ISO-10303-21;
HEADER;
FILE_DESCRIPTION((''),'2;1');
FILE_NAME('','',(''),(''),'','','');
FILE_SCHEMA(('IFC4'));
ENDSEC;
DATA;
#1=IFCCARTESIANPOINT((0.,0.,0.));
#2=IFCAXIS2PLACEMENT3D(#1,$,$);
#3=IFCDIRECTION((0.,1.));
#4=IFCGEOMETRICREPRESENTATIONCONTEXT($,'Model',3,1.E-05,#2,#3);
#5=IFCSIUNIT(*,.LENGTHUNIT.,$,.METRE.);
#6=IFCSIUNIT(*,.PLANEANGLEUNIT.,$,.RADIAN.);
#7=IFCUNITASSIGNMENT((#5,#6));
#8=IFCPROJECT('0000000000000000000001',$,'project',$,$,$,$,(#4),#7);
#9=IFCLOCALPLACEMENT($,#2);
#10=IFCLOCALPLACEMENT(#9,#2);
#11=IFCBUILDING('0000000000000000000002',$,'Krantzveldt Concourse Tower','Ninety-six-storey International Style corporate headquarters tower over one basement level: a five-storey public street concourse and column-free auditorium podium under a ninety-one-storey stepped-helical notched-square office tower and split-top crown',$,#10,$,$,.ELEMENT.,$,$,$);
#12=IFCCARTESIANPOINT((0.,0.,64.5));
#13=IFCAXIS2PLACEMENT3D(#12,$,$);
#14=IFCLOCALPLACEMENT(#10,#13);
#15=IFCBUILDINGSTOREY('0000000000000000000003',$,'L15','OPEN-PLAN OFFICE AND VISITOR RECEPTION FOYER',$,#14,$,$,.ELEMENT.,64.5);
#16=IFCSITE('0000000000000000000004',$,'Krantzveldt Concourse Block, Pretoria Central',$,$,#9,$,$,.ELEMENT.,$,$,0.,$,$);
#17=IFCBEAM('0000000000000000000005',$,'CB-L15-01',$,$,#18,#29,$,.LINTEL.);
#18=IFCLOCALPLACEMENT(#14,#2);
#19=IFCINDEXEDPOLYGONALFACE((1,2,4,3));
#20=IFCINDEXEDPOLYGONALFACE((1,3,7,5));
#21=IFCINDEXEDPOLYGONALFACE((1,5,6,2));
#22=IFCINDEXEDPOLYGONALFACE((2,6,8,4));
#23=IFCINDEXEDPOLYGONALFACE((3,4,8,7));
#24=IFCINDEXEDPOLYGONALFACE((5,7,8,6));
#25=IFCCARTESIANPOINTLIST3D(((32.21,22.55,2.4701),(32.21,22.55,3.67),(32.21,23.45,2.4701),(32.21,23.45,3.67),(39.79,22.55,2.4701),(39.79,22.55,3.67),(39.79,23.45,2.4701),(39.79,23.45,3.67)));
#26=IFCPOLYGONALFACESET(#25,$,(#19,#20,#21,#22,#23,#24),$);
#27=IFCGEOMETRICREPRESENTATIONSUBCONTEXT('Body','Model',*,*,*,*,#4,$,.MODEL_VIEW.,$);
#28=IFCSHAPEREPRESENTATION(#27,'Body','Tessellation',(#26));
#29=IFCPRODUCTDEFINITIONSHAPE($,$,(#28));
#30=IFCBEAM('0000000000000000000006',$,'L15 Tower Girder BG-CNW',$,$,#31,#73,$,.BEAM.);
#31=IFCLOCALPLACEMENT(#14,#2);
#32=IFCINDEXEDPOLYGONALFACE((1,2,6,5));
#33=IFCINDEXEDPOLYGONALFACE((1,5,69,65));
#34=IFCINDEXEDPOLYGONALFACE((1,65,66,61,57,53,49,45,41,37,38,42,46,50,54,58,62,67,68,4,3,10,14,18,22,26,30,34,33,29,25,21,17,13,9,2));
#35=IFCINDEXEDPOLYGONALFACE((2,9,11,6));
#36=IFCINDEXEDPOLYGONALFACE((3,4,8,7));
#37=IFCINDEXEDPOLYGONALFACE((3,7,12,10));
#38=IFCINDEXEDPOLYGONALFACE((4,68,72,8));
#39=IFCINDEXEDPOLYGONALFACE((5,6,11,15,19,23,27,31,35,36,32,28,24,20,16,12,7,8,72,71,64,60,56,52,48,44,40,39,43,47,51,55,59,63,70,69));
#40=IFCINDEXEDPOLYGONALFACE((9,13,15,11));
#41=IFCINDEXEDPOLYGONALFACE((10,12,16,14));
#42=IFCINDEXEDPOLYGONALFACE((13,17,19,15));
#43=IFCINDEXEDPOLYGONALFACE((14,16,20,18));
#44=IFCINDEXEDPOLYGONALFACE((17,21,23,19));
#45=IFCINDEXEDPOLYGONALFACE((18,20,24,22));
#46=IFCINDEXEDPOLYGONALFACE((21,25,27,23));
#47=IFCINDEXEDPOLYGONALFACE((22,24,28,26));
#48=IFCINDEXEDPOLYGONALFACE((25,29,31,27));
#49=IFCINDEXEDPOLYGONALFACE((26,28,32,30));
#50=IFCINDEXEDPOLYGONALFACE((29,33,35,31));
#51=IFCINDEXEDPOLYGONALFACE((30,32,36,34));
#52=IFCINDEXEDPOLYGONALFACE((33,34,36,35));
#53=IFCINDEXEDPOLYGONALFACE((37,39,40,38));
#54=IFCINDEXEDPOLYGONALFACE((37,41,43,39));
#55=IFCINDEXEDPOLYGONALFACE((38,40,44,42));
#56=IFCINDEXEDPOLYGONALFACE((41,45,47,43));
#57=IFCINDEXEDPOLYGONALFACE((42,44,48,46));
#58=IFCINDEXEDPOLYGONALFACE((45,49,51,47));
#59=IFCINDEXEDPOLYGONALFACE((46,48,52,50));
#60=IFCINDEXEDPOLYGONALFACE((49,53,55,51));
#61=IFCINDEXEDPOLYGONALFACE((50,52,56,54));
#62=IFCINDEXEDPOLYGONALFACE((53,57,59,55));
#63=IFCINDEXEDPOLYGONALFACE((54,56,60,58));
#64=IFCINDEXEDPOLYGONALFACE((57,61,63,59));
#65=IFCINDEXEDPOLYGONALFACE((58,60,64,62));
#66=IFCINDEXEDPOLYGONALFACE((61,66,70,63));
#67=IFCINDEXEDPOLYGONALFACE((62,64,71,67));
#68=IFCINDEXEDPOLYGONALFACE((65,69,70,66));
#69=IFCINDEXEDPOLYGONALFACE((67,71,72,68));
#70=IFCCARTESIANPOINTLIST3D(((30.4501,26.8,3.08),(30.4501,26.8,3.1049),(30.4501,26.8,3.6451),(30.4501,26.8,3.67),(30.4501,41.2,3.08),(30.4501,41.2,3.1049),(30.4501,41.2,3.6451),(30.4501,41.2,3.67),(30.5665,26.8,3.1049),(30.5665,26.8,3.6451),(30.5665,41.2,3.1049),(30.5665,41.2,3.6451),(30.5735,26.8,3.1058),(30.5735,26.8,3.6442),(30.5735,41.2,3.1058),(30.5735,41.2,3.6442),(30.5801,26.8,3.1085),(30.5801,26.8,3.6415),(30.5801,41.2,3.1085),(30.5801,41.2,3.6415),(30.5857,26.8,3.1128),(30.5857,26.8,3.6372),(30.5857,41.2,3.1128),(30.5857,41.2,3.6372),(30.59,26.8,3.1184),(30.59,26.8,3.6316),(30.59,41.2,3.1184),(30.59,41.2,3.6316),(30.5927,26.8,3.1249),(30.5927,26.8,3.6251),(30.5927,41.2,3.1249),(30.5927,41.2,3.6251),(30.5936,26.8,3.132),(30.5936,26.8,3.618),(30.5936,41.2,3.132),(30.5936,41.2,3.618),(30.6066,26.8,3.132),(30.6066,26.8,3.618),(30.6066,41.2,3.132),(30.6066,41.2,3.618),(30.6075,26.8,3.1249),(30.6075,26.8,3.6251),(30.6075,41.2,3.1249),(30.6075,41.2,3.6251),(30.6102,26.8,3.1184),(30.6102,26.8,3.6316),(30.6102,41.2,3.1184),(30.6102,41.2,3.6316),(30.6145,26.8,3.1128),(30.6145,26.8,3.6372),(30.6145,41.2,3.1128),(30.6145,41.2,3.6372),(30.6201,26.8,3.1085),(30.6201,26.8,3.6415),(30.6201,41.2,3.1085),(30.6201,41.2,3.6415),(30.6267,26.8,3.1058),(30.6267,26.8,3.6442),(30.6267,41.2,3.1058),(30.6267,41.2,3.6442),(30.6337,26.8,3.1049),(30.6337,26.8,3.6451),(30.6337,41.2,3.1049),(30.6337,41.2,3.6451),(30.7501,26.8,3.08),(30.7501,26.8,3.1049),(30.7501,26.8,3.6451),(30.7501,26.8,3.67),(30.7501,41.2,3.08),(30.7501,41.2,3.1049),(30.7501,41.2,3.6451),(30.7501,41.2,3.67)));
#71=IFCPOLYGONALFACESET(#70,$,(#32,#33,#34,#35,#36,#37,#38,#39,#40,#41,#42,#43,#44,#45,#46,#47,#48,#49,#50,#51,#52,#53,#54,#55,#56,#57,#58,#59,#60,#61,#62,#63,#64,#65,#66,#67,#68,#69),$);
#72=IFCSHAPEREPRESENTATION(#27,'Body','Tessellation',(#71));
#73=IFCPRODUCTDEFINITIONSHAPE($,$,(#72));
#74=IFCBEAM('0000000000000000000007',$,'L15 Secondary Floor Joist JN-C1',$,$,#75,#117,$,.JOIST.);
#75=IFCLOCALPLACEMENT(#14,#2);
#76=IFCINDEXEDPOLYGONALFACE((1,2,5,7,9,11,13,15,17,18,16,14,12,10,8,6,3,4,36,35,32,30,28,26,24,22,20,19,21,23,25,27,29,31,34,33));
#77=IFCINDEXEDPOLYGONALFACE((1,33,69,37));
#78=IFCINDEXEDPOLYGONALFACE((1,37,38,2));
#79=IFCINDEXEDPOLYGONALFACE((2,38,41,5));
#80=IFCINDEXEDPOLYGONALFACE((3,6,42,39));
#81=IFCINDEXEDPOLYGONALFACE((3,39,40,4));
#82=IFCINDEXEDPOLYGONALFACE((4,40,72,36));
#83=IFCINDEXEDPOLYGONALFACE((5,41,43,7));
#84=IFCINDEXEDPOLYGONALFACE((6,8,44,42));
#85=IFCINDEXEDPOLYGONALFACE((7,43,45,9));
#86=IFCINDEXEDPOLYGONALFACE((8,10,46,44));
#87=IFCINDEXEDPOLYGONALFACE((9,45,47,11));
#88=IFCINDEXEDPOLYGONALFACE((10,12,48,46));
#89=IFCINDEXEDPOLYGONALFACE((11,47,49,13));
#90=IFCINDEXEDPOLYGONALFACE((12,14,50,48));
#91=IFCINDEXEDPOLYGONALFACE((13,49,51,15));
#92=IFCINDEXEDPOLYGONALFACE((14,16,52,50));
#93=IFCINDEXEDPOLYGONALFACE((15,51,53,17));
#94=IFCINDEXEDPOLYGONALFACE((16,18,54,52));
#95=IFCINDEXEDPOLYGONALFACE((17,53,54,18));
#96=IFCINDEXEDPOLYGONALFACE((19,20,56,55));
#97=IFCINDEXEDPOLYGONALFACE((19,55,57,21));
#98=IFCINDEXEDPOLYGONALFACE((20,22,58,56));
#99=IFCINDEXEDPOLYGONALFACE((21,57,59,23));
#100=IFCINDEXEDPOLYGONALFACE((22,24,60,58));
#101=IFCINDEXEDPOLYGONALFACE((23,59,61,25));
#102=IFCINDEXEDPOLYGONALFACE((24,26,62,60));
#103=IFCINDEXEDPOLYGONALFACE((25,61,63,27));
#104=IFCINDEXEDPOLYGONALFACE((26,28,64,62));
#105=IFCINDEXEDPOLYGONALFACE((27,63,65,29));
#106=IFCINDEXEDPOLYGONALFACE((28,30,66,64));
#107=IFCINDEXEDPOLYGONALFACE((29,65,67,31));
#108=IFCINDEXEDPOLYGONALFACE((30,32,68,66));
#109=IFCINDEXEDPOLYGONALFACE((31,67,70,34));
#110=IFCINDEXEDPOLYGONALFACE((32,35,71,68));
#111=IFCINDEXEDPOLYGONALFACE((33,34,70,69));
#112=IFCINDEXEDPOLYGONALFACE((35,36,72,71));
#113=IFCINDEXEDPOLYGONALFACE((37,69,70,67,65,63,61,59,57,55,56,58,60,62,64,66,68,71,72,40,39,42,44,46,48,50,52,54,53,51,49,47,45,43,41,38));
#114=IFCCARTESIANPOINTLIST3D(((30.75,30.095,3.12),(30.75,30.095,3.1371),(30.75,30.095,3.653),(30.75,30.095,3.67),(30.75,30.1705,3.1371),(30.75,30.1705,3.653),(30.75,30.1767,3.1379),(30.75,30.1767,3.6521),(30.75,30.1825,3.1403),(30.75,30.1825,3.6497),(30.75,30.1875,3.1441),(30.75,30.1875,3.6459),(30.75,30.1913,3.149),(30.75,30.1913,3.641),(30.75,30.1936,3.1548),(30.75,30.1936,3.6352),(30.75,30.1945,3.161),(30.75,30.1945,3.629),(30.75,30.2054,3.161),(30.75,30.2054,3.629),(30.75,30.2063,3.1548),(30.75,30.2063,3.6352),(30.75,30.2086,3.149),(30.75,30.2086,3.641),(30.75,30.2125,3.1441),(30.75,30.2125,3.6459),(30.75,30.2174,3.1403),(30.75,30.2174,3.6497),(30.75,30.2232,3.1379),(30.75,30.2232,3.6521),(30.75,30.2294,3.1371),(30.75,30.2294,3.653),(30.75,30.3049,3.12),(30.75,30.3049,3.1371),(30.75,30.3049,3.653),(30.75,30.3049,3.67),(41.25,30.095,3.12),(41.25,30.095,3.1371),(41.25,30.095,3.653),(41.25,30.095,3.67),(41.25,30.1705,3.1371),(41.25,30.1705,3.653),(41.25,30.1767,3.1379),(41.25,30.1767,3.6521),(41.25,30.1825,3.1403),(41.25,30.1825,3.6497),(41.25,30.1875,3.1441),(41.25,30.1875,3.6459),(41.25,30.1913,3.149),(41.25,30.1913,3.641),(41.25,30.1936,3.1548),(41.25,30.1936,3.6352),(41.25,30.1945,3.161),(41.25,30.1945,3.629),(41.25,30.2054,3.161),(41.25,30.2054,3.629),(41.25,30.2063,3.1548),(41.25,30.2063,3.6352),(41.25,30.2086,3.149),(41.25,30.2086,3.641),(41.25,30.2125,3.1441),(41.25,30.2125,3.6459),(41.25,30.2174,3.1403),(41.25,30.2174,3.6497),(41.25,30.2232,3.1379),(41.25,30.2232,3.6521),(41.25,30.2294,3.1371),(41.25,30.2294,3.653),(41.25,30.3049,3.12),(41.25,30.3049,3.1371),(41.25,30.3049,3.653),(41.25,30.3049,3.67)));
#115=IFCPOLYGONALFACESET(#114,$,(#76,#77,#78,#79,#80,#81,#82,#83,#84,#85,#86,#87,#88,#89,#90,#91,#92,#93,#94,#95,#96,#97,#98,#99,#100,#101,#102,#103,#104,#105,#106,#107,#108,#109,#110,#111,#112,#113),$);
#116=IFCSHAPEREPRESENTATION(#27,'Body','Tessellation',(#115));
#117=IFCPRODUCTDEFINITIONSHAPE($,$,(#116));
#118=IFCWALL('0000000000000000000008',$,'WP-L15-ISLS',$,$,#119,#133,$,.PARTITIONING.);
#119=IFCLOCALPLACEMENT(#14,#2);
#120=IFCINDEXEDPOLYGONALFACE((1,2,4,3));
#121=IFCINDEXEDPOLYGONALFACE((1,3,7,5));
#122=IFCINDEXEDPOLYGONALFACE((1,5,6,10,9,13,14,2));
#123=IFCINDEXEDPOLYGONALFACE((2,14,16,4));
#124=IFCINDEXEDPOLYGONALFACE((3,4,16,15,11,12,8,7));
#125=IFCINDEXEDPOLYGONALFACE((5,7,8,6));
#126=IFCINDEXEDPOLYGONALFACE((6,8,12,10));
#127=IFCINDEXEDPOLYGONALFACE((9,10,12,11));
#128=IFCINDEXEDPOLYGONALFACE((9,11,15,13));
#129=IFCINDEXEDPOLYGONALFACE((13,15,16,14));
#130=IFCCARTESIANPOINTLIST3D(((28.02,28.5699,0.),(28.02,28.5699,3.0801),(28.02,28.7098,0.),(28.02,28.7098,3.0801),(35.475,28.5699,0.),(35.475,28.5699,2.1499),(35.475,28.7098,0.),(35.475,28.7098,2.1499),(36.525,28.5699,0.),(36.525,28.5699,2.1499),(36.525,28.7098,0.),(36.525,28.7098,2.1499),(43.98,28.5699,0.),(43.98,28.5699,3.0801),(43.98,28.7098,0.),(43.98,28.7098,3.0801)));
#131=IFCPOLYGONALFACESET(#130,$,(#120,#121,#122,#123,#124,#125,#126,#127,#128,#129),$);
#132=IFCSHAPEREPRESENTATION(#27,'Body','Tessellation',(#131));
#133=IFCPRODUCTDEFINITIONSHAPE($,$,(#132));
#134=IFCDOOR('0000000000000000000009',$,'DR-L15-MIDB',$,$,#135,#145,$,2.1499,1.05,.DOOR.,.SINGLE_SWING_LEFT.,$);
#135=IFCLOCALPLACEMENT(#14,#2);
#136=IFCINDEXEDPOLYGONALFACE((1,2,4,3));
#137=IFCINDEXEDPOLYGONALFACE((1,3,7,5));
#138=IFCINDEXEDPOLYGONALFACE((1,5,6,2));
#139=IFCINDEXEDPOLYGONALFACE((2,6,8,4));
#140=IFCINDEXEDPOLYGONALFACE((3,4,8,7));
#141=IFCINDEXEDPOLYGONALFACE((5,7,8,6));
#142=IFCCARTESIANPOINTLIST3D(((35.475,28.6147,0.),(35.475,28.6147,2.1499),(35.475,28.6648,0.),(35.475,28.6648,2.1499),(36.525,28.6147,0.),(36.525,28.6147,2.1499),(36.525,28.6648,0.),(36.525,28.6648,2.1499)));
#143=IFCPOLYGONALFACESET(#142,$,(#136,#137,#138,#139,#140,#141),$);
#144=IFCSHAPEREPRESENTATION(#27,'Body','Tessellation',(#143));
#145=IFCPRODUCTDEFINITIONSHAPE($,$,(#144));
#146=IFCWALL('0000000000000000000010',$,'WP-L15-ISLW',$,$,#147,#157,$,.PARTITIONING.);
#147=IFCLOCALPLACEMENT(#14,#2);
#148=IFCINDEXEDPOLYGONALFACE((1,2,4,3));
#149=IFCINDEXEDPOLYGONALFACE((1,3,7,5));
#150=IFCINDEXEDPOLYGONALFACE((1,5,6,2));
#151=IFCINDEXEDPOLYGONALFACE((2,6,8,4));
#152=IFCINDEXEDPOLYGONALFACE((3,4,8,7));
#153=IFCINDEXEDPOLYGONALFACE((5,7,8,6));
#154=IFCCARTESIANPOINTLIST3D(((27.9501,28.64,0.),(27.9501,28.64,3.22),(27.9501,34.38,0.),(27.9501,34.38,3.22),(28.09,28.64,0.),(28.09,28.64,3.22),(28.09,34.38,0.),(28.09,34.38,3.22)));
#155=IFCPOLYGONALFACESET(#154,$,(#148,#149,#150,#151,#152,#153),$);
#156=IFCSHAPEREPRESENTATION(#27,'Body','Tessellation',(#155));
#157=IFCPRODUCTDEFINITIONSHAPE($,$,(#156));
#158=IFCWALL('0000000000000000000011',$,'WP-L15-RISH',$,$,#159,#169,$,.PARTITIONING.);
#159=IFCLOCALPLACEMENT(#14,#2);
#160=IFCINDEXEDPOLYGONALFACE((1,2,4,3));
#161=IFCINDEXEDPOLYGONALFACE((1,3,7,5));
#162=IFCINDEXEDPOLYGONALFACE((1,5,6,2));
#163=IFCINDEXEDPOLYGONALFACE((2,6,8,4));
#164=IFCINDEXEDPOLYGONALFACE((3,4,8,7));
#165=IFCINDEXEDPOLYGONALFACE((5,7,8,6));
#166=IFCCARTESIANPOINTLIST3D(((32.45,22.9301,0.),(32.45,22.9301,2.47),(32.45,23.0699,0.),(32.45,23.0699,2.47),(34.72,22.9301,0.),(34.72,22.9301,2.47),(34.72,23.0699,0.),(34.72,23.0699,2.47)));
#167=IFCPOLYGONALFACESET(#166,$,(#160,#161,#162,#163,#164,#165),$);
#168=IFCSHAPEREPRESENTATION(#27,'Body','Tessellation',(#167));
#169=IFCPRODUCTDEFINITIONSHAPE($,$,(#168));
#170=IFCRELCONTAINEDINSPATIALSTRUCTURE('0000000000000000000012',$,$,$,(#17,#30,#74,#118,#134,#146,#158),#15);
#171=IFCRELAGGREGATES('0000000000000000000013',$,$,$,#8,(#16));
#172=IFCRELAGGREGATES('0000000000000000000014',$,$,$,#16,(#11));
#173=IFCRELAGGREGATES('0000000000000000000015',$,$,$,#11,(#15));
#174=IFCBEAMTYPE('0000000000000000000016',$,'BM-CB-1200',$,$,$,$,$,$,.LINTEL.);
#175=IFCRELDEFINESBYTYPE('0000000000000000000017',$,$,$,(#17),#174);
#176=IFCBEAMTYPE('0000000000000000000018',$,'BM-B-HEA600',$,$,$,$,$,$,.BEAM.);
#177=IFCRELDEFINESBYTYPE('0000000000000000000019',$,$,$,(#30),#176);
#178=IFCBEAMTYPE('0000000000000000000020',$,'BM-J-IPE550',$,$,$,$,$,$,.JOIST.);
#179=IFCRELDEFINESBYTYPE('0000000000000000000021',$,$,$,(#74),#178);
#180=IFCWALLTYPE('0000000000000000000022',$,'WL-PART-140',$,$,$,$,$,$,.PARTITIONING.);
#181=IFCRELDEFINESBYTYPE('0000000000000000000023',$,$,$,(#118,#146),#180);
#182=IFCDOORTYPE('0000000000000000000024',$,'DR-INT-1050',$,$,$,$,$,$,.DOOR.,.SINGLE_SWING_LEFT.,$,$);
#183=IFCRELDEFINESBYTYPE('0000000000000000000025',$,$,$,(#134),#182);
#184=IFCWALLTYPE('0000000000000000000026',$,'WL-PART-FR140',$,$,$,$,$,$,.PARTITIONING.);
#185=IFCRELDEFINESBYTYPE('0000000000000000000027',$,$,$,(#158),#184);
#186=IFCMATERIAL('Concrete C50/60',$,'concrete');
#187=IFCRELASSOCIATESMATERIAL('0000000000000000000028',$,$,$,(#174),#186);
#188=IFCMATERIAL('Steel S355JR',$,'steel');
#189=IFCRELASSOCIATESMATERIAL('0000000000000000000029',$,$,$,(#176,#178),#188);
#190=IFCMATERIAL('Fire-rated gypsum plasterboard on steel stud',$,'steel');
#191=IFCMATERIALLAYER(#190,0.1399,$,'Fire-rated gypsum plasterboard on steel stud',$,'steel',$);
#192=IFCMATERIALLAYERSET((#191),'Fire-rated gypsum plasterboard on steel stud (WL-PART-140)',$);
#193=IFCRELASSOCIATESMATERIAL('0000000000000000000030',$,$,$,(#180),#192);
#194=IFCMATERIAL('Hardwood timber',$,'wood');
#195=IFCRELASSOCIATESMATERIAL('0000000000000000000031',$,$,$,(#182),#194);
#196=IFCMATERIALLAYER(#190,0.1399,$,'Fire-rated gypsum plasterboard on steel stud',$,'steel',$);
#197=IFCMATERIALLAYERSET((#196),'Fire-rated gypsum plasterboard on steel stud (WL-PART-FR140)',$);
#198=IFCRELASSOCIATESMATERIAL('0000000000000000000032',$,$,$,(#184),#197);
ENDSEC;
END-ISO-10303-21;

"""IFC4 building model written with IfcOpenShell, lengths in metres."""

from ifc_helpers import new_model, si_unit, direction, frame, frame_2d, origin, origin_2d, place, context, subcontext, project, spatial, rectangle, i_section, extrude, source, transform, mapped, material, layer, layer_set, material_profile, profile_set, type_object, type_shapes, element, fill, save


model = new_model("IFC4")

# Units and contexts
model_context = context("Model", 3, precision=1e-05, world=origin(), true_north=direction((0.0, 1.0)))
body_context = subcontext(model_context, "Body", "Model", "MODEL_VIEW")
ifc_project = project(units=[si_unit("LENGTHUNIT", "METRE"), si_unit("PLANEANGLEUNIT", "RADIAN")], contexts=[model_context])

# Site, building, storey
site_placement = place(None, origin())
site = spatial("IfcSite", under=ifc_project, at=site_placement, Name="Krantzveldt Concourse Block, Pretoria Central", CompositionType="ELEMENT", RefElevation=0.0)
building_placement = place(site_placement, origin())
building = spatial("IfcBuilding", under=site, at=building_placement, Name="Krantzveldt Concourse Tower", Description="Ninety-six-storey International Style corporate headquarters tower over one basement level: a five-storey public street concourse and column-free auditorium podium under a ninety-one-storey stepped-helical notched-square office tower and split-top crown", CompositionType="ELEMENT")
storey_placement = place(building_placement, frame((0.0, 0.0, 64.5)))
storey = spatial("IfcBuildingStorey", under=building, at=storey_placement, Name="L15", Description="OPEN-PLAN OFFICE AND VISITOR RECEPTION FOYER", CompositionType="ELEMENT", Elevation=64.5)

# Beams
ifc_material_1 = material(Name="Concrete C50/60", Category="concrete")
ifc_material_profile_1 = material_profile(ifc_material_1, rectangle(XDim=0.8999, YDim=1.2, at=origin_2d()), Name="Concrete C50/60", Category="concrete")
ifc_profile_set_1 = profile_set([ifc_material_profile_1], Name="Concrete C50/60 - RC-CB 900x1200")
beam_type_1 = type_object("IfcBeamType", Name="BM-CB-1200", PredefinedType="LINTEL", material=ifc_profile_set_1)
shared_shape_1 = source(origin(), body_context, "Body", "SweptSolid", [
    extrude(rectangle(XDim=0.8999, YDim=1.2, at=origin_2d()), origin(), (0.0, 0.0, 1.0), 7.5801),
])
type_shapes(beam_type_1, [shared_shape_1])
beam_1_placement = place(storey_placement, frame((32.21, 23.0, 3.0701), z_axis=(1.0, 0.0, 0.0), x_axis=(0.0, 1.0, 0.0)))
element("IfcBeam", 1, at=beam_1_placement, inside=storey, type_object=beam_type_1, Name="CB-L15-01", PredefinedType="LINTEL", context=body_context, shape_type="MappedRepresentation", body=[
    mapped(shared_shape_1, transform((0.0, 0.0, 0.0), x_axis=(1.0, 0.0, 0.0), y_axis=(0.0, 1.0, 0.0), z_axis=(0.0, 0.0, 1.0), scale=1.0)),
])
ifc_material_2 = material(Name="Steel S355JR", Category="steel")
ifc_material_profile_2 = material_profile(ifc_material_2, i_section(OverallWidth=0.3, OverallDepth=0.5901, WebThickness=0.0129, FlangeThickness=0.0249, FilletRadius=0.0271, at=origin_2d()), Name="Steel S355JR", Category="steel")
ifc_profile_set_2 = profile_set([ifc_material_profile_2], Name="Steel S355JR - HEA 600")
beam_type_2 = type_object("IfcBeamType", Name="BM-B-HEA600", PredefinedType="BEAM", material=ifc_profile_set_2)
shared_shape_2 = source(origin(), body_context, "Body", "SweptSolid", [
    extrude(i_section(OverallWidth=0.3, OverallDepth=0.5901, WebThickness=0.0129, FlangeThickness=0.0249, FilletRadius=0.0271, at=origin_2d()), origin(), (0.0, 0.0, 1.0), 14.3999),
])
type_shapes(beam_type_2, [shared_shape_2])
beam_2_placement = place(storey_placement, frame((30.6001, 26.8, 3.375), z_axis=(0.0, 1.0, 0.0), x_axis=(-1.0, 0.0, 0.0)))
element("IfcBeam", 2, at=beam_2_placement, inside=storey, type_object=beam_type_2, Name="L15 Tower Girder BG-CNW", PredefinedType="BEAM", context=body_context, shape_type="MappedRepresentation", body=[
    mapped(shared_shape_2, transform((0.0, 0.0, 0.0), x_axis=(1.0, 0.0, 0.0), y_axis=(0.0, 1.0, 0.0), z_axis=(0.0, 0.0, 1.0), scale=1.0)),
])
ifc_material_profile_3 = material_profile(ifc_material_2, i_section(OverallWidth=0.21, OverallDepth=0.55, WebThickness=0.011, FlangeThickness=0.0171, FilletRadius=0.0239, at=origin_2d()), Name="Steel S355JR", Category="steel")
ifc_profile_set_3 = profile_set([ifc_material_profile_3], Name="Steel S355JR - IPE 550")
beam_type_3 = type_object("IfcBeamType", Name="BM-J-IPE550", PredefinedType="JOIST", material=ifc_profile_set_3)
shared_shape_3 = source(origin(), body_context, "Body", "SweptSolid", [
    extrude(i_section(OverallWidth=0.21, OverallDepth=0.55, WebThickness=0.011, FlangeThickness=0.0171, FilletRadius=0.0239, at=origin_2d()), origin(), (0.0, 0.0, 1.0), 10.5),
])
type_shapes(beam_type_3, [shared_shape_3])
beam_3_placement = place(storey_placement, frame((30.75, 30.2, 3.395), z_axis=(1.0, 0.0, 0.0), x_axis=(0.0, 1.0, 0.0)))
element("IfcBeam", 3, at=beam_3_placement, inside=storey, type_object=beam_type_3, Name="L15 Secondary Floor Joist JN-C1", PredefinedType="JOIST", context=body_context, shape_type="MappedRepresentation", body=[
    mapped(shared_shape_3, transform((0.0, 0.0, 0.0), x_axis=(1.0, 0.0, 0.0), y_axis=(0.0, 1.0, 0.0), z_axis=(0.0, 0.0, 1.0), scale=1.0)),
])

# Wall, opening, door
ifc_material_3 = material(Name="Fire-rated gypsum plasterboard on steel stud", Category="steel")
ifc_layer_1 = layer(ifc_material_3, 0.1399, Name="Fire-rated gypsum plasterboard on steel stud", Category="steel")
ifc_layer_set_1 = layer_set([ifc_layer_1], Name="Fire-rated gypsum plasterboard on steel stud (WL-PART-140)")
wall_type_1 = type_object("IfcWallType", Name="WL-PART-140", PredefinedType="PARTITIONING", material=ifc_layer_set_1)
wall_1_placement = place(storey_placement, frame((28.02, 28.6399, 0.0), z_axis=(0.0, 0.0, 1.0), x_axis=(1.0, 0.0, 0.0)))
wall_1 = element("IfcWall", 4, at=wall_1_placement, inside=storey, type_object=wall_type_1, Name="WP-L15-ISLS", PredefinedType="PARTITIONING", context=body_context, shape_type="SweptSolid", body=[
    extrude(rectangle(XDim=15.96, YDim=0.1399, at=frame_2d((7.98, 0.0))), origin(), (0.0, 0.0, 1.0), 3.0801),
])
opening_1_placement = place(wall_1_placement, frame((7.4551, 0.0, 0.0)))
opening_1 = element("IfcOpeningElement", 5, at=opening_1_placement, cuts=wall_1, PredefinedType="OPENING", context=body_context, shape_type="SweptSolid", body=[
    extrude(rectangle(XDim=1.05, YDim=2.1499, at=frame_2d((0.5249, 1.075))), frame((0.0, 0.0801, 0.0), z_axis=(0.0, -1.0, 0.0), x_axis=(1.0, 0.0, 0.0)), (0.0, 0.0, 1.0), 0.1599),
])
ifc_material_4 = material(Name="Hardwood timber", Category="wood")
door_type_1 = type_object("IfcDoorType", Name="DR-INT-1050", OperationType="SINGLE_SWING_LEFT", PredefinedType="DOOR", material=ifc_material_4)
door_1_placement = place(opening_1_placement, origin())
door_1 = element("IfcDoor", 6, at=door_1_placement, inside=storey, type_object=door_type_1, Name="DR-L15-MIDB", OperationType="SINGLE_SWING_LEFT", OverallHeight=2.1499, OverallWidth=1.05, PredefinedType="DOOR", context=body_context, shape_type="SweptSolid", body=[
    extrude(rectangle(XDim=1.05, YDim=2.1499, at=frame_2d((0.5249, 1.075))), frame((0.0, 0.0249, 0.0), z_axis=(0.0, -1.0, 0.0), x_axis=(1.0, 0.0, 0.0)), (0.0, 0.0, 1.0), 0.05),
])
fill(opening_1, door_1)

# Walls
wall_2_placement = place(storey_placement, frame((28.02, 28.6399, 0.0), z_axis=(0.0, 0.0, 1.0), x_axis=(0.0, 1.0, 0.0)))
element("IfcWall", 7, at=wall_2_placement, inside=storey, type_object=wall_type_1, Name="WP-L15-ISLW", PredefinedType="PARTITIONING", context=body_context, shape_type="SweptSolid", body=[
    extrude(rectangle(XDim=5.74, YDim=0.1399, at=frame_2d((2.8701, 0.0))), origin(), (0.0, 0.0, 1.0), 3.22),
])
ifc_layer_2 = layer(ifc_material_3, 0.1399, Name="Fire-rated gypsum plasterboard on steel stud", Category="steel")
ifc_layer_set_2 = layer_set([ifc_layer_2], Name="Fire-rated gypsum plasterboard on steel stud (WL-PART-FR140)")
wall_type_2 = type_object("IfcWallType", Name="WL-PART-FR140", PredefinedType="PARTITIONING", material=ifc_layer_set_2)
wall_3_placement = place(storey_placement, frame((32.45, 23.0, 0.0), z_axis=(0.0, 0.0, 1.0), x_axis=(1.0, 0.0, 0.0)))
element("IfcWall", 8, at=wall_3_placement, inside=storey, type_object=wall_type_2, Name="WP-L15-RISH", PredefinedType="PARTITIONING", context=body_context, shape_type="SweptSolid", body=[
    extrude(rectangle(XDim=2.27, YDim=0.1399, at=frame_2d((1.135, 0.0))), origin(), (0.0, 0.0, 1.0), 2.47),
])

save(model, "model.ifc")
